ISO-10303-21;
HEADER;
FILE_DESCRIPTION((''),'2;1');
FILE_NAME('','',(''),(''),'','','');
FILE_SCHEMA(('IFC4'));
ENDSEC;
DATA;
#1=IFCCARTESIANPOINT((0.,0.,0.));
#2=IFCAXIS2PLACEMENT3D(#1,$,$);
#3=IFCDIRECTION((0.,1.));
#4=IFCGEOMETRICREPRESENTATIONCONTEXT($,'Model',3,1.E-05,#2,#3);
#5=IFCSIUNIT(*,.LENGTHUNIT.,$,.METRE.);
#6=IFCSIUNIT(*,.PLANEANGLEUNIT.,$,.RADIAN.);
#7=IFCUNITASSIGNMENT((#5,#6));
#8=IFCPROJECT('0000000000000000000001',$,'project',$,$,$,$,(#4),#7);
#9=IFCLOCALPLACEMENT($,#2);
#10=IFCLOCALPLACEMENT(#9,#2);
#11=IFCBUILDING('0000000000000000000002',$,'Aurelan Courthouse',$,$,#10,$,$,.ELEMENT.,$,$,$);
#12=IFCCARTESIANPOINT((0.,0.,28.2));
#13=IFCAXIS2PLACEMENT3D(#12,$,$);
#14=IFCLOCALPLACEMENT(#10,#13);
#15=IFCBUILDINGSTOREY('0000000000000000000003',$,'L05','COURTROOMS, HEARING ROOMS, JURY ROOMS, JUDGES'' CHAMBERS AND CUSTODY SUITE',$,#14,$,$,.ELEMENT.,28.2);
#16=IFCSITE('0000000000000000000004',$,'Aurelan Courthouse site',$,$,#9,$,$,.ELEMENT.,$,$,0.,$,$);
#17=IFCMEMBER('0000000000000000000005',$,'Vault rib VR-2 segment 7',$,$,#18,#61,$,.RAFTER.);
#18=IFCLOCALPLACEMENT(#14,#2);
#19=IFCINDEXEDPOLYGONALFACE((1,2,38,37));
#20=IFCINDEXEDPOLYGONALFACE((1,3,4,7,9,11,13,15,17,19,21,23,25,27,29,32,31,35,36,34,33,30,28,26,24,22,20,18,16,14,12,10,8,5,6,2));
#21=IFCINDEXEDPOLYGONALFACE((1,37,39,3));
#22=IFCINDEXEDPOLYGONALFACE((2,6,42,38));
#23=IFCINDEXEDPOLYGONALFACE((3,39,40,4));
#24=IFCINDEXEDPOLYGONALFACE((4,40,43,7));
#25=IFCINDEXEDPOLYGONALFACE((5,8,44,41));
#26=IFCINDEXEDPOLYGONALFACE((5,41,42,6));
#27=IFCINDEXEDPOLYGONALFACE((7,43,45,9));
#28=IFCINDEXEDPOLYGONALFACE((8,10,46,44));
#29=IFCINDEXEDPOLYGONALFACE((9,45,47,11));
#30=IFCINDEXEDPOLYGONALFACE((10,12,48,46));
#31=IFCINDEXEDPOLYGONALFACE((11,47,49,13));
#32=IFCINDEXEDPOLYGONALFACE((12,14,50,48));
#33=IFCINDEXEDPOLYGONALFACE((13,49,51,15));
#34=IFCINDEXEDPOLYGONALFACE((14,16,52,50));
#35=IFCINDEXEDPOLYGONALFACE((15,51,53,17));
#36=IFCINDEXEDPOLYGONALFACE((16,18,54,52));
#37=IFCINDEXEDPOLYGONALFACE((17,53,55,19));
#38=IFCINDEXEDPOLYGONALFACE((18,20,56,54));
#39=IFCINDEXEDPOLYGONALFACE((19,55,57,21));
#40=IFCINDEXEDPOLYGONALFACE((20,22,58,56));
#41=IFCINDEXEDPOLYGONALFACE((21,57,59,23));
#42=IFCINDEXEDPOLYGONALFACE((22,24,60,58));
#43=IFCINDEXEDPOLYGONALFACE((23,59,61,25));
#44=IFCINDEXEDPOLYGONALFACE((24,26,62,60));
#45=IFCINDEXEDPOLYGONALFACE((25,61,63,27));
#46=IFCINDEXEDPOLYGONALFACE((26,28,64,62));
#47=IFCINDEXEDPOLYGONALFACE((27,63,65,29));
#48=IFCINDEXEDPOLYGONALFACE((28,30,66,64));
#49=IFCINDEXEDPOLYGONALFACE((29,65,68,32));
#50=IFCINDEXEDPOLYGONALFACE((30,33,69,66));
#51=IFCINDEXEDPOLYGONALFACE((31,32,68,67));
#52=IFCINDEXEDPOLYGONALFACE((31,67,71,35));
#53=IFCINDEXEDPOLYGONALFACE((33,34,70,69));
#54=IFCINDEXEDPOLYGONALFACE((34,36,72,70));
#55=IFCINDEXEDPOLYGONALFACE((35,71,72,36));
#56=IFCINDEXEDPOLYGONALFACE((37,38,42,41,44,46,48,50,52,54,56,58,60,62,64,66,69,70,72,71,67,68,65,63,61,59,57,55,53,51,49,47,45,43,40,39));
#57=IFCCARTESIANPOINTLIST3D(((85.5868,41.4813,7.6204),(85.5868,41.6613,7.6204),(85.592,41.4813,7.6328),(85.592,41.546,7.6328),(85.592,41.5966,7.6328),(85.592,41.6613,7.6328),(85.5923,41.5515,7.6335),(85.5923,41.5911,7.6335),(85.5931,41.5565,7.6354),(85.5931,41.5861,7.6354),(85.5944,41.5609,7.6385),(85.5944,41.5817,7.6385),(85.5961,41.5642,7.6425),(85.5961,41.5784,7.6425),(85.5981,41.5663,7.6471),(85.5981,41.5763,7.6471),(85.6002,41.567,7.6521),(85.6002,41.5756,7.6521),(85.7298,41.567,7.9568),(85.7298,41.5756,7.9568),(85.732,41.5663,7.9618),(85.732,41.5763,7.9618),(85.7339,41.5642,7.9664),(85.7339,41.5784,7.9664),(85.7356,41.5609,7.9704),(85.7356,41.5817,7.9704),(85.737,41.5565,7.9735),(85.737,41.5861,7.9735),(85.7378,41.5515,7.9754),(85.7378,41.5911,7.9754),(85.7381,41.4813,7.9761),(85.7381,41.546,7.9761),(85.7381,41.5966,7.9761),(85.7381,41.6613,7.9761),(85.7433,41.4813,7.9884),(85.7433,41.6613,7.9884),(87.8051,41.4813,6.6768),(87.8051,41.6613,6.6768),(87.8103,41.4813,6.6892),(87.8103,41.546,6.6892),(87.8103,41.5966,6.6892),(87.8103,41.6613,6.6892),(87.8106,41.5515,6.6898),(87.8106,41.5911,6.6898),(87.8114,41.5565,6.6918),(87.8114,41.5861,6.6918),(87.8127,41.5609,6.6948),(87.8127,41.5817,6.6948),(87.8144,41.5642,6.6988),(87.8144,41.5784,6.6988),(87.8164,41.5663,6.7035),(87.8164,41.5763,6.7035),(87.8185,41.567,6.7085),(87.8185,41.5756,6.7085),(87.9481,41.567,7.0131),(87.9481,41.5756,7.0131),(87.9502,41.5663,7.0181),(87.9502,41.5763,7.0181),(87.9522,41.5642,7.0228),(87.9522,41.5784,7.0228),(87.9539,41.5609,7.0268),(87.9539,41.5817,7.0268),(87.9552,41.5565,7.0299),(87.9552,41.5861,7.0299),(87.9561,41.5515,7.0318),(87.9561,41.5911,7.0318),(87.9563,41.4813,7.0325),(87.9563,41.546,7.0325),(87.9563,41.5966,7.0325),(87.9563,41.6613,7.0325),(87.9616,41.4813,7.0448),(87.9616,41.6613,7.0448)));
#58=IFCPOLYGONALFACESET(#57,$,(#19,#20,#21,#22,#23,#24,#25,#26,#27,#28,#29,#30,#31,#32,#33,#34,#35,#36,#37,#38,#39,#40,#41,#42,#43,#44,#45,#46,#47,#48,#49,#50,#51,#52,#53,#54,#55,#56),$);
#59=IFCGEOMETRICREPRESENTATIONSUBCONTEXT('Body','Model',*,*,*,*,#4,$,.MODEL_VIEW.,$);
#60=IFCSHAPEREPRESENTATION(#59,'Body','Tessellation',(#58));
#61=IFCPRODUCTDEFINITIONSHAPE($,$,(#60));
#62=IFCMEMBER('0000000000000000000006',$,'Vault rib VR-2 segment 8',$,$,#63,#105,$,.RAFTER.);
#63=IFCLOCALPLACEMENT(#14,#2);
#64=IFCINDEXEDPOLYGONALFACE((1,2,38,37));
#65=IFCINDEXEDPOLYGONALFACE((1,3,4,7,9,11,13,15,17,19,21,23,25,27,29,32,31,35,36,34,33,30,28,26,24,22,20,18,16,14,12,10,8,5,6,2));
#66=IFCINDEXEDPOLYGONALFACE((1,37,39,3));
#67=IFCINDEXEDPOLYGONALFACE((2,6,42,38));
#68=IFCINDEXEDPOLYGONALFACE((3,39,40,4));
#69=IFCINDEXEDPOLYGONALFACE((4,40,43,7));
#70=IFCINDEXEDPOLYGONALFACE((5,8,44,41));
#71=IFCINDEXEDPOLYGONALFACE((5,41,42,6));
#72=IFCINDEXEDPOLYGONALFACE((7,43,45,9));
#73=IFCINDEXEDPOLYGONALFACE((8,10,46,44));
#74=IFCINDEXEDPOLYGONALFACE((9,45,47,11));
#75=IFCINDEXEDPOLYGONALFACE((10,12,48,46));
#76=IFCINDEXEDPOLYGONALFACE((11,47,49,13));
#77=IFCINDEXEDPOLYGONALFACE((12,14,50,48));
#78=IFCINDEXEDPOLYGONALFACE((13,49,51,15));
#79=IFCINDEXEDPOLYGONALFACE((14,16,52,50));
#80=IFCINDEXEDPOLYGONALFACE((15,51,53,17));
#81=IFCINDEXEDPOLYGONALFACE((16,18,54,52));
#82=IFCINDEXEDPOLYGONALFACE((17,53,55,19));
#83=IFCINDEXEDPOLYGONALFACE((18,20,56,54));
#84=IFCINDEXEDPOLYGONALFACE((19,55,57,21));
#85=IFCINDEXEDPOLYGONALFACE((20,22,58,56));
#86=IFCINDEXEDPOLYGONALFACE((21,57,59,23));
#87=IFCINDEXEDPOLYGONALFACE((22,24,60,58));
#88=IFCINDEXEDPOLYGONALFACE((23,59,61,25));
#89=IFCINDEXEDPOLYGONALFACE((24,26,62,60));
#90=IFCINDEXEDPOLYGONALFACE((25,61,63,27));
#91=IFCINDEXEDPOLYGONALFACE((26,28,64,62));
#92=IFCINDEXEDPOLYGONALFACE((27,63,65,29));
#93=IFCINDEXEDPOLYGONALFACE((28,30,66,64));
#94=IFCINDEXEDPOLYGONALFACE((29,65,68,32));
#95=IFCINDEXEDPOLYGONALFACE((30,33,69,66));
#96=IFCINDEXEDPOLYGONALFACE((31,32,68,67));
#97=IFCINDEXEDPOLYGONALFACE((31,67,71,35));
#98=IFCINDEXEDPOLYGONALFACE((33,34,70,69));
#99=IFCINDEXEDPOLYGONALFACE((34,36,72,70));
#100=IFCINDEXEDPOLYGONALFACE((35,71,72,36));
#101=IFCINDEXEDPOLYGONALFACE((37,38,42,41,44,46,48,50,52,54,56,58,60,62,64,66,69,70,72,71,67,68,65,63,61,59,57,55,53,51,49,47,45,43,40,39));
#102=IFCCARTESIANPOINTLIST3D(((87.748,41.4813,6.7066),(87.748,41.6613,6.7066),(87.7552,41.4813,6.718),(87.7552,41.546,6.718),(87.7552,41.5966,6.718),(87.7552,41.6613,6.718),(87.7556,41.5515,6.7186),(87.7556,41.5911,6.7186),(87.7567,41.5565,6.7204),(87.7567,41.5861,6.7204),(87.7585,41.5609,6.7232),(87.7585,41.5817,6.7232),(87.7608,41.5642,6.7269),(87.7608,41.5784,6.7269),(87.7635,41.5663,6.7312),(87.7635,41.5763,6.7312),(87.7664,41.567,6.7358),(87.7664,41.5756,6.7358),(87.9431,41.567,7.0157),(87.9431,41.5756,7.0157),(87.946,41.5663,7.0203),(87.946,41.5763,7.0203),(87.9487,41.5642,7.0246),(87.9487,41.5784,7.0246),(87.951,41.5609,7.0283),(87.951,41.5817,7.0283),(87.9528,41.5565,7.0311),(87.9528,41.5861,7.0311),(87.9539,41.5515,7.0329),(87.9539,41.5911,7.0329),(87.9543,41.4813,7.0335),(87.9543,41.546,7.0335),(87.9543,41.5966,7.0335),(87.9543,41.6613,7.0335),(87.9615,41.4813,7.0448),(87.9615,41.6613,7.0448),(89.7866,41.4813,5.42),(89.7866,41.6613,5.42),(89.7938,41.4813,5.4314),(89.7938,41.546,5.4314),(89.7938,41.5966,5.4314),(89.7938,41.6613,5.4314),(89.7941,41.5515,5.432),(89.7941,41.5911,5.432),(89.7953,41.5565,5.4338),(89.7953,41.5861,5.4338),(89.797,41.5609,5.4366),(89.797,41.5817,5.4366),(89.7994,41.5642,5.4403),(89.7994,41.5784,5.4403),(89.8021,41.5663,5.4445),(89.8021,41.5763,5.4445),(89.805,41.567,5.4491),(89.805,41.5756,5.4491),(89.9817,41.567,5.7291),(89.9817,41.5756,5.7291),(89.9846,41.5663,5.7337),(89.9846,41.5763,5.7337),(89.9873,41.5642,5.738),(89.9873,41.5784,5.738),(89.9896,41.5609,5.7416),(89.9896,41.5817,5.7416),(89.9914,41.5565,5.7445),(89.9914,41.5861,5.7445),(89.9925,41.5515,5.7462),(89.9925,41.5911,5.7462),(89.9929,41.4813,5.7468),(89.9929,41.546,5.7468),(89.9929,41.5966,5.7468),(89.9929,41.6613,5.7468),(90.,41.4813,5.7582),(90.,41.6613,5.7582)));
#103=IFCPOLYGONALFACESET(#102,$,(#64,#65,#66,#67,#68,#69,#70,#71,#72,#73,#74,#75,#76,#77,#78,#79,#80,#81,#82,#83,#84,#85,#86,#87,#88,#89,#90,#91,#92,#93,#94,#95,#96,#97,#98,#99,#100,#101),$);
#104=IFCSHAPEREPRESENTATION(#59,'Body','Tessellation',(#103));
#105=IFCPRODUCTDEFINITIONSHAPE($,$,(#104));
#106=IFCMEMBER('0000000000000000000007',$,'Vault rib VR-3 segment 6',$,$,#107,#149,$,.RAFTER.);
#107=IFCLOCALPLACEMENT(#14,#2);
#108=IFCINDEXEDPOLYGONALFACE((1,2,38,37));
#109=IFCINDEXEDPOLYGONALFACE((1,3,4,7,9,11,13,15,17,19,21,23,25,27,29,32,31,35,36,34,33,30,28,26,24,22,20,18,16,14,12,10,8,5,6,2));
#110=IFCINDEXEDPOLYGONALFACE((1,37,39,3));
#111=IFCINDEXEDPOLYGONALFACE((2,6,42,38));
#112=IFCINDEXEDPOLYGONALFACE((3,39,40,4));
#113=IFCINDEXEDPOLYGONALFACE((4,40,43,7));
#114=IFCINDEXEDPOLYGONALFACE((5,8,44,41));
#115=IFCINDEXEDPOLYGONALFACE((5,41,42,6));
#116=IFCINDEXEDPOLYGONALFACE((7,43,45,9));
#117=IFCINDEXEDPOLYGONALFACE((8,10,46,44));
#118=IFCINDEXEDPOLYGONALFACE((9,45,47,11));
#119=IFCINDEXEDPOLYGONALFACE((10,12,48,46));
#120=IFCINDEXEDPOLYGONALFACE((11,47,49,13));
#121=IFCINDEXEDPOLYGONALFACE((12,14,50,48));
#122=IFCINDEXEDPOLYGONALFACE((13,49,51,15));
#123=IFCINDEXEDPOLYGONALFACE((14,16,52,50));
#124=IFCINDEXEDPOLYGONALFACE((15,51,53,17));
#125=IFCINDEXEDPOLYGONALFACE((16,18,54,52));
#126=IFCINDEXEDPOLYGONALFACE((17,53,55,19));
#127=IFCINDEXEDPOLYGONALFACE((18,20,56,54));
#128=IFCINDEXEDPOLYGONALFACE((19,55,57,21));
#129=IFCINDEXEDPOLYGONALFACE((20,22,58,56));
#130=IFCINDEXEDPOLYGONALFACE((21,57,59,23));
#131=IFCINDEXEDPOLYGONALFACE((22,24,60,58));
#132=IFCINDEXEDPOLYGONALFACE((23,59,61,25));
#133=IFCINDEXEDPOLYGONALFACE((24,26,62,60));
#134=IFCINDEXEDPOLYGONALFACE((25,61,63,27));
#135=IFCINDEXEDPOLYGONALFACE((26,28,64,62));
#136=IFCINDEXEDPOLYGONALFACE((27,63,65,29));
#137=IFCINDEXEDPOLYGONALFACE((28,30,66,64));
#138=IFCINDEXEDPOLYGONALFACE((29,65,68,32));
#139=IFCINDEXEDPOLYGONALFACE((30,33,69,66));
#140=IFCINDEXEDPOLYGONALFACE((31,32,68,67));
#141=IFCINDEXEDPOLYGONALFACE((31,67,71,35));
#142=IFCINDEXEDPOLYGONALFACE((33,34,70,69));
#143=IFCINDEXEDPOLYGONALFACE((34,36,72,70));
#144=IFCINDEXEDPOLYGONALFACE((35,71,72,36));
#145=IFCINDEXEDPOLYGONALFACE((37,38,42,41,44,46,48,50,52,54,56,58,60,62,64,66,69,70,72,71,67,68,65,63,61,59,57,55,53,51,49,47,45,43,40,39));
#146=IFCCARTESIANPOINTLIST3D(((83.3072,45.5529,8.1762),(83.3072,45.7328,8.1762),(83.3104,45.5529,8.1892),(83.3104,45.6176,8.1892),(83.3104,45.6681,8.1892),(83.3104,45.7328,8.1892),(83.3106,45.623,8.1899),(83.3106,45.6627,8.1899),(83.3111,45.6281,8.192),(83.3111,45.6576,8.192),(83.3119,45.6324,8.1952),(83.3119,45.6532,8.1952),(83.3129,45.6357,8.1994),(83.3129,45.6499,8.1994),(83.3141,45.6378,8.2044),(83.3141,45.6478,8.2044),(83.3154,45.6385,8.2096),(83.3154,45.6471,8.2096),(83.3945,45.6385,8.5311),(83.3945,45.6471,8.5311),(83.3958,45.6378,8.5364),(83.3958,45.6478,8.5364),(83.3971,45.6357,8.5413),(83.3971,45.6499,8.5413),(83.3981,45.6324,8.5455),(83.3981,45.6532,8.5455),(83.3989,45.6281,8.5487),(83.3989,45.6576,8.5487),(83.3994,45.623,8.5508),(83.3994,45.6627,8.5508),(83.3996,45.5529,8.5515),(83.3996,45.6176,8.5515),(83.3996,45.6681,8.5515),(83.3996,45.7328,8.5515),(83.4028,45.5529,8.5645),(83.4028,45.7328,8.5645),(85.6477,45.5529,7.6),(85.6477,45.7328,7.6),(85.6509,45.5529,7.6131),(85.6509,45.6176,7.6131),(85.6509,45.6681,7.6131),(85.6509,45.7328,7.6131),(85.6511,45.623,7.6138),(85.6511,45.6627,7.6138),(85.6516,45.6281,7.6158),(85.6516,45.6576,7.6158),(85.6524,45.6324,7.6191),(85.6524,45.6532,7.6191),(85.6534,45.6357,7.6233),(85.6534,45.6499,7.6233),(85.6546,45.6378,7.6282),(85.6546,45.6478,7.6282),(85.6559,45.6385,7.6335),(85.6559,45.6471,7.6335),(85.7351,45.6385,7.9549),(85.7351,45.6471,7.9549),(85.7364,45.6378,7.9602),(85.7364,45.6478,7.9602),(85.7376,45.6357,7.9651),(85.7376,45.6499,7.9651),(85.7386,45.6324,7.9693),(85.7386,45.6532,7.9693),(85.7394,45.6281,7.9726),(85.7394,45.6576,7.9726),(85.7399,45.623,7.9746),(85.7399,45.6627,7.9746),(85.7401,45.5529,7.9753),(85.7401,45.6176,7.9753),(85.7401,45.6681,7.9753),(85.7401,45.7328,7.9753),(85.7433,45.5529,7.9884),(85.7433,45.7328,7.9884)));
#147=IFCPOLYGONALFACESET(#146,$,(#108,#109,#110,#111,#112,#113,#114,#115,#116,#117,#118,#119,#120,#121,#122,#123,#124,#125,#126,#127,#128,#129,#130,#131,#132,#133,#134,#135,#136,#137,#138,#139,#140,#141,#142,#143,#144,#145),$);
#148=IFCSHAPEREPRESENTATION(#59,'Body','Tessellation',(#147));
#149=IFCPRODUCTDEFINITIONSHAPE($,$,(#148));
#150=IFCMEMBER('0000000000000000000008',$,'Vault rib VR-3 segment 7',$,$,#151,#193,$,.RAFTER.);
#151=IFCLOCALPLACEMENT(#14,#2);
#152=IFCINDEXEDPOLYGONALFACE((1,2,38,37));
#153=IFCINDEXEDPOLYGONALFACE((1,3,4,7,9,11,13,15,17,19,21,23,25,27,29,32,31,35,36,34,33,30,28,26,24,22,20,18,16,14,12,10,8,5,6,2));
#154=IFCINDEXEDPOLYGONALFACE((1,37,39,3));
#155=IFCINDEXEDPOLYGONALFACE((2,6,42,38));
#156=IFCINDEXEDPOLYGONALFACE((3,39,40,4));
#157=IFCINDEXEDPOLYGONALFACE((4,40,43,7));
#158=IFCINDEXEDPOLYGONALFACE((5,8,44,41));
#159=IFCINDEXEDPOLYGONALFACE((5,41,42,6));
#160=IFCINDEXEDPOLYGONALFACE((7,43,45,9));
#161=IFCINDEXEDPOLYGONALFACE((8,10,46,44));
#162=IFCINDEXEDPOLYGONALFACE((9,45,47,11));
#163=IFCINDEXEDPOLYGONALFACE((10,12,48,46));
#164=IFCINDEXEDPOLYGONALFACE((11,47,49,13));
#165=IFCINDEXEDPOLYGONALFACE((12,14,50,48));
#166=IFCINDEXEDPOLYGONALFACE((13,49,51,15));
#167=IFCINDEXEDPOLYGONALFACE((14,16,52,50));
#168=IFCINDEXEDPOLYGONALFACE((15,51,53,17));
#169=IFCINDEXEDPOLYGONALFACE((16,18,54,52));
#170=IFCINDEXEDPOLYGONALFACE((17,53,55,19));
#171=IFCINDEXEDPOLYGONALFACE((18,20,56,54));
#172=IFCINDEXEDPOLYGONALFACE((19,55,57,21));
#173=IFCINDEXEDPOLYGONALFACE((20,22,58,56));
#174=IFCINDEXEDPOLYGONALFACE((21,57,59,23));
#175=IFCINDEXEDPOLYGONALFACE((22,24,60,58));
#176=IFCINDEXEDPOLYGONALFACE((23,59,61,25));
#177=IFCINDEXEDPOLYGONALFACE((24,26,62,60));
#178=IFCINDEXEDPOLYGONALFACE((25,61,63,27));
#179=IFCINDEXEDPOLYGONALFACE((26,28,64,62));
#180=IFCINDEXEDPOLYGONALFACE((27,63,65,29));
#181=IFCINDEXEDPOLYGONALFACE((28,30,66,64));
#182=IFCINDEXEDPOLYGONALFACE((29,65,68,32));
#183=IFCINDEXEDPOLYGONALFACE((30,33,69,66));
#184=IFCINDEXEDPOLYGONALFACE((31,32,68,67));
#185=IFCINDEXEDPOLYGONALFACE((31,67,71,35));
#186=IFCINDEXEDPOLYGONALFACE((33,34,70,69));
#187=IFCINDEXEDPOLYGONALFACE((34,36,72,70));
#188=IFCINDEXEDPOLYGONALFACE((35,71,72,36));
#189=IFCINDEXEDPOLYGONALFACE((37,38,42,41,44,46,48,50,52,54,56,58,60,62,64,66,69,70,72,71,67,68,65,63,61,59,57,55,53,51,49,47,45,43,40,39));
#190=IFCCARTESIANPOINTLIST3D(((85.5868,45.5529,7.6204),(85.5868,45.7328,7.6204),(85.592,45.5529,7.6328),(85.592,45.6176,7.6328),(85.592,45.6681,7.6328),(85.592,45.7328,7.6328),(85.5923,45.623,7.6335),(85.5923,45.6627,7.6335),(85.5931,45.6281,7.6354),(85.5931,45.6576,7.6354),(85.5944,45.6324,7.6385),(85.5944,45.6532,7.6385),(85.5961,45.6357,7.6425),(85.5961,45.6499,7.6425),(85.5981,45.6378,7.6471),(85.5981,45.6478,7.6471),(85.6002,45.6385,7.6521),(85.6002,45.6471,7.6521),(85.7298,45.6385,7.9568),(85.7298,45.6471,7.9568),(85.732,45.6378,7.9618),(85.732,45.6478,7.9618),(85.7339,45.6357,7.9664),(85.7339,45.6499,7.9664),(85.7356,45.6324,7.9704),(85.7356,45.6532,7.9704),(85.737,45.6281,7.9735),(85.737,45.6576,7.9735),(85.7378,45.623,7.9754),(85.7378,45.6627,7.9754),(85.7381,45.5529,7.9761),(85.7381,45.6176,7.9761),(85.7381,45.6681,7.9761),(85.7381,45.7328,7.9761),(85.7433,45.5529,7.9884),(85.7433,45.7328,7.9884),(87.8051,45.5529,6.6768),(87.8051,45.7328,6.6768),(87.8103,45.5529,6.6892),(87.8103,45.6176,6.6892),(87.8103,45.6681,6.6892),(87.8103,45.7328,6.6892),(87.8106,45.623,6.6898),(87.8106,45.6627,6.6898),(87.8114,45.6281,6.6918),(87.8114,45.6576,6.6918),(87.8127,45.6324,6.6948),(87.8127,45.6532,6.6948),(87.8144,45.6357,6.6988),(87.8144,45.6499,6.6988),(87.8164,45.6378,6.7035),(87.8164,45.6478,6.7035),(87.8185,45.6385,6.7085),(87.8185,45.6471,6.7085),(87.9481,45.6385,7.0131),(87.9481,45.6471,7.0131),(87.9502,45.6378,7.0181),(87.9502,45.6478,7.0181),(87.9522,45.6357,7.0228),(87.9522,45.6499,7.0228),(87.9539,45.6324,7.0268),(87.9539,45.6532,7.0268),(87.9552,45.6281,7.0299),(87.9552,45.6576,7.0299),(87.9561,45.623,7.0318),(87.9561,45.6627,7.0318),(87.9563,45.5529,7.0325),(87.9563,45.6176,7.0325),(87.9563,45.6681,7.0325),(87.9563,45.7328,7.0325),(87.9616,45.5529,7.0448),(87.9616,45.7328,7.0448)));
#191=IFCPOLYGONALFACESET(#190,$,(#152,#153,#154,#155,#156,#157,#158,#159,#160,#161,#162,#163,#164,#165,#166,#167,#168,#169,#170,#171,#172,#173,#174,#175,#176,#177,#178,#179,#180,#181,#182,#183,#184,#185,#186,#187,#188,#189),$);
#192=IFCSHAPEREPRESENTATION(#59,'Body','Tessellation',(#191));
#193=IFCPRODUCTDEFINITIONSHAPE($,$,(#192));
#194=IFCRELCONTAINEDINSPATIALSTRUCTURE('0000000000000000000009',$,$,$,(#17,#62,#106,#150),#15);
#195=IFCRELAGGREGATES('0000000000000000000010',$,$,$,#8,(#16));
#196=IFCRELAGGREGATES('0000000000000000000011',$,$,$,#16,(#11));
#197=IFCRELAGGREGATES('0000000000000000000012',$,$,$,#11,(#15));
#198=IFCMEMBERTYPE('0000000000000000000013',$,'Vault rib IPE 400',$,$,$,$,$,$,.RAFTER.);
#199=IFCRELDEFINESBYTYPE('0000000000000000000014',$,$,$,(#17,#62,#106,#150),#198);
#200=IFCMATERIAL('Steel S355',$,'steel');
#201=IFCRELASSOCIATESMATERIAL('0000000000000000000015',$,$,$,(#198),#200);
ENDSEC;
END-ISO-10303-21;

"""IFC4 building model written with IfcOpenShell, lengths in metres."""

from ifc_helpers import new_model, si_unit, direction, frame, origin, origin_2d, place, context, subcontext, project, spatial, i_section, extrude, material, material_profile, profile_set, type_object, element, save


model = new_model("IFC4")

# Units and contexts
model_context = context("Model", 3, precision=1e-05, world=origin(), true_north=direction((0.0, 1.0)))
body_context = subcontext(model_context, "Body", "Model", "MODEL_VIEW")
ifc_project = project(units=[si_unit("LENGTHUNIT", "METRE"), si_unit("PLANEANGLEUNIT", "RADIAN")], contexts=[model_context])

# Site, building, storey
site_placement = place(None, origin())
site = spatial("IfcSite", under=ifc_project, at=site_placement, Name="Aurelan Courthouse site", CompositionType="ELEMENT", RefElevation=0.0)
building_placement = place(site_placement, origin())
building = spatial("IfcBuilding", under=site, at=building_placement, Name="Aurelan Courthouse", CompositionType="ELEMENT")
storey_placement = place(building_placement, frame((0.0, 0.0, 28.2)))
storey = spatial("IfcBuildingStorey", under=building, at=storey_placement, Name="L05", Description="COURTROOMS, HEARING ROOMS, JURY ROOMS, JUDGES' CHAMBERS AND CUSTODY SUITE", CompositionType="ELEMENT", Elevation=28.2)

# Members
ifc_material_1 = material(Name="Steel S355", Category="steel")
ifc_material_profile_1 = material_profile(ifc_material_1, i_section(OverallWidth=0.1799, OverallDepth=0.3999, WebThickness=0.0085, FlangeThickness=0.0134, FilletRadius=0.021, at=origin_2d()), Name="IPE 400")
ifc_profile_set_1 = profile_set([ifc_material_profile_1], Name="Steel S355")
member_type_1 = type_object("IfcMemberType", Name="Vault rib IPE 400", PredefinedType="RAFTER", material=ifc_profile_set_1)
for number, where, z_axis, x_axis, name in (
    (1, (85.665, 41.5713, 7.8044), (0.920205, 0.0, -0.391437), (0.0, 1.0, 0.0), "Vault rib VR-2 segment 7"),
    (2, (87.8547, 41.5713, 6.8757), (0.845657, 0.0, -0.533726), (0.0, 1.0, 0.0), "Vault rib VR-2 segment 8"),
):
    element("IfcMember", number, at=place(storey_placement, frame(where, z_axis=z_axis, x_axis=x_axis)), inside=storey, type_object=member_type_1, Name=name, PredefinedType="RAFTER", context=body_context, shape_type="SweptSolid", body=[
        extrude(i_section(OverallWidth=0.1799, OverallDepth=0.3999, WebThickness=0.0085, FlangeThickness=0.0134, FilletRadius=0.021, at=origin_2d()), origin(), (0.0, 0.0, 1.0), 2.4106),
    ])
member_1_placement = place(storey_placement, frame((83.355, 45.6428, 8.3704), z_axis=(0.971012, 0.0, -0.239031), x_axis=(0.0, 1.0, 0.0)))
element("IfcMember", 3, at=member_1_placement, inside=storey, type_object=member_type_1, Name="Vault rib VR-3 segment 6", PredefinedType="RAFTER", context=body_context, shape_type="SweptSolid", body=[
    extrude(i_section(OverallWidth=0.1799, OverallDepth=0.3999, WebThickness=0.0085, FlangeThickness=0.0134, FilletRadius=0.021, at=origin_2d()), origin(), (0.0, 0.0, 1.0), 2.4104),
])
for number, where, z_axis, x_axis, name in (
    (4, (85.665, 45.6428, 7.8044), (0.920205, 0.0, -0.391437), (0.0, 1.0, 0.0), "Vault rib VR-3 segment 7"),
):
    element("IfcMember", number, at=place(storey_placement, frame(where, z_axis=z_axis, x_axis=x_axis)), inside=storey, type_object=member_type_1, Name=name, PredefinedType="RAFTER", context=body_context, shape_type="SweptSolid", body=[
        extrude(i_section(OverallWidth=0.1799, OverallDepth=0.3999, WebThickness=0.0085, FlangeThickness=0.0134, FilletRadius=0.021, at=origin_2d()), origin(), (0.0, 0.0, 1.0), 2.4106),
    ])

save(model, "model.ifc")
